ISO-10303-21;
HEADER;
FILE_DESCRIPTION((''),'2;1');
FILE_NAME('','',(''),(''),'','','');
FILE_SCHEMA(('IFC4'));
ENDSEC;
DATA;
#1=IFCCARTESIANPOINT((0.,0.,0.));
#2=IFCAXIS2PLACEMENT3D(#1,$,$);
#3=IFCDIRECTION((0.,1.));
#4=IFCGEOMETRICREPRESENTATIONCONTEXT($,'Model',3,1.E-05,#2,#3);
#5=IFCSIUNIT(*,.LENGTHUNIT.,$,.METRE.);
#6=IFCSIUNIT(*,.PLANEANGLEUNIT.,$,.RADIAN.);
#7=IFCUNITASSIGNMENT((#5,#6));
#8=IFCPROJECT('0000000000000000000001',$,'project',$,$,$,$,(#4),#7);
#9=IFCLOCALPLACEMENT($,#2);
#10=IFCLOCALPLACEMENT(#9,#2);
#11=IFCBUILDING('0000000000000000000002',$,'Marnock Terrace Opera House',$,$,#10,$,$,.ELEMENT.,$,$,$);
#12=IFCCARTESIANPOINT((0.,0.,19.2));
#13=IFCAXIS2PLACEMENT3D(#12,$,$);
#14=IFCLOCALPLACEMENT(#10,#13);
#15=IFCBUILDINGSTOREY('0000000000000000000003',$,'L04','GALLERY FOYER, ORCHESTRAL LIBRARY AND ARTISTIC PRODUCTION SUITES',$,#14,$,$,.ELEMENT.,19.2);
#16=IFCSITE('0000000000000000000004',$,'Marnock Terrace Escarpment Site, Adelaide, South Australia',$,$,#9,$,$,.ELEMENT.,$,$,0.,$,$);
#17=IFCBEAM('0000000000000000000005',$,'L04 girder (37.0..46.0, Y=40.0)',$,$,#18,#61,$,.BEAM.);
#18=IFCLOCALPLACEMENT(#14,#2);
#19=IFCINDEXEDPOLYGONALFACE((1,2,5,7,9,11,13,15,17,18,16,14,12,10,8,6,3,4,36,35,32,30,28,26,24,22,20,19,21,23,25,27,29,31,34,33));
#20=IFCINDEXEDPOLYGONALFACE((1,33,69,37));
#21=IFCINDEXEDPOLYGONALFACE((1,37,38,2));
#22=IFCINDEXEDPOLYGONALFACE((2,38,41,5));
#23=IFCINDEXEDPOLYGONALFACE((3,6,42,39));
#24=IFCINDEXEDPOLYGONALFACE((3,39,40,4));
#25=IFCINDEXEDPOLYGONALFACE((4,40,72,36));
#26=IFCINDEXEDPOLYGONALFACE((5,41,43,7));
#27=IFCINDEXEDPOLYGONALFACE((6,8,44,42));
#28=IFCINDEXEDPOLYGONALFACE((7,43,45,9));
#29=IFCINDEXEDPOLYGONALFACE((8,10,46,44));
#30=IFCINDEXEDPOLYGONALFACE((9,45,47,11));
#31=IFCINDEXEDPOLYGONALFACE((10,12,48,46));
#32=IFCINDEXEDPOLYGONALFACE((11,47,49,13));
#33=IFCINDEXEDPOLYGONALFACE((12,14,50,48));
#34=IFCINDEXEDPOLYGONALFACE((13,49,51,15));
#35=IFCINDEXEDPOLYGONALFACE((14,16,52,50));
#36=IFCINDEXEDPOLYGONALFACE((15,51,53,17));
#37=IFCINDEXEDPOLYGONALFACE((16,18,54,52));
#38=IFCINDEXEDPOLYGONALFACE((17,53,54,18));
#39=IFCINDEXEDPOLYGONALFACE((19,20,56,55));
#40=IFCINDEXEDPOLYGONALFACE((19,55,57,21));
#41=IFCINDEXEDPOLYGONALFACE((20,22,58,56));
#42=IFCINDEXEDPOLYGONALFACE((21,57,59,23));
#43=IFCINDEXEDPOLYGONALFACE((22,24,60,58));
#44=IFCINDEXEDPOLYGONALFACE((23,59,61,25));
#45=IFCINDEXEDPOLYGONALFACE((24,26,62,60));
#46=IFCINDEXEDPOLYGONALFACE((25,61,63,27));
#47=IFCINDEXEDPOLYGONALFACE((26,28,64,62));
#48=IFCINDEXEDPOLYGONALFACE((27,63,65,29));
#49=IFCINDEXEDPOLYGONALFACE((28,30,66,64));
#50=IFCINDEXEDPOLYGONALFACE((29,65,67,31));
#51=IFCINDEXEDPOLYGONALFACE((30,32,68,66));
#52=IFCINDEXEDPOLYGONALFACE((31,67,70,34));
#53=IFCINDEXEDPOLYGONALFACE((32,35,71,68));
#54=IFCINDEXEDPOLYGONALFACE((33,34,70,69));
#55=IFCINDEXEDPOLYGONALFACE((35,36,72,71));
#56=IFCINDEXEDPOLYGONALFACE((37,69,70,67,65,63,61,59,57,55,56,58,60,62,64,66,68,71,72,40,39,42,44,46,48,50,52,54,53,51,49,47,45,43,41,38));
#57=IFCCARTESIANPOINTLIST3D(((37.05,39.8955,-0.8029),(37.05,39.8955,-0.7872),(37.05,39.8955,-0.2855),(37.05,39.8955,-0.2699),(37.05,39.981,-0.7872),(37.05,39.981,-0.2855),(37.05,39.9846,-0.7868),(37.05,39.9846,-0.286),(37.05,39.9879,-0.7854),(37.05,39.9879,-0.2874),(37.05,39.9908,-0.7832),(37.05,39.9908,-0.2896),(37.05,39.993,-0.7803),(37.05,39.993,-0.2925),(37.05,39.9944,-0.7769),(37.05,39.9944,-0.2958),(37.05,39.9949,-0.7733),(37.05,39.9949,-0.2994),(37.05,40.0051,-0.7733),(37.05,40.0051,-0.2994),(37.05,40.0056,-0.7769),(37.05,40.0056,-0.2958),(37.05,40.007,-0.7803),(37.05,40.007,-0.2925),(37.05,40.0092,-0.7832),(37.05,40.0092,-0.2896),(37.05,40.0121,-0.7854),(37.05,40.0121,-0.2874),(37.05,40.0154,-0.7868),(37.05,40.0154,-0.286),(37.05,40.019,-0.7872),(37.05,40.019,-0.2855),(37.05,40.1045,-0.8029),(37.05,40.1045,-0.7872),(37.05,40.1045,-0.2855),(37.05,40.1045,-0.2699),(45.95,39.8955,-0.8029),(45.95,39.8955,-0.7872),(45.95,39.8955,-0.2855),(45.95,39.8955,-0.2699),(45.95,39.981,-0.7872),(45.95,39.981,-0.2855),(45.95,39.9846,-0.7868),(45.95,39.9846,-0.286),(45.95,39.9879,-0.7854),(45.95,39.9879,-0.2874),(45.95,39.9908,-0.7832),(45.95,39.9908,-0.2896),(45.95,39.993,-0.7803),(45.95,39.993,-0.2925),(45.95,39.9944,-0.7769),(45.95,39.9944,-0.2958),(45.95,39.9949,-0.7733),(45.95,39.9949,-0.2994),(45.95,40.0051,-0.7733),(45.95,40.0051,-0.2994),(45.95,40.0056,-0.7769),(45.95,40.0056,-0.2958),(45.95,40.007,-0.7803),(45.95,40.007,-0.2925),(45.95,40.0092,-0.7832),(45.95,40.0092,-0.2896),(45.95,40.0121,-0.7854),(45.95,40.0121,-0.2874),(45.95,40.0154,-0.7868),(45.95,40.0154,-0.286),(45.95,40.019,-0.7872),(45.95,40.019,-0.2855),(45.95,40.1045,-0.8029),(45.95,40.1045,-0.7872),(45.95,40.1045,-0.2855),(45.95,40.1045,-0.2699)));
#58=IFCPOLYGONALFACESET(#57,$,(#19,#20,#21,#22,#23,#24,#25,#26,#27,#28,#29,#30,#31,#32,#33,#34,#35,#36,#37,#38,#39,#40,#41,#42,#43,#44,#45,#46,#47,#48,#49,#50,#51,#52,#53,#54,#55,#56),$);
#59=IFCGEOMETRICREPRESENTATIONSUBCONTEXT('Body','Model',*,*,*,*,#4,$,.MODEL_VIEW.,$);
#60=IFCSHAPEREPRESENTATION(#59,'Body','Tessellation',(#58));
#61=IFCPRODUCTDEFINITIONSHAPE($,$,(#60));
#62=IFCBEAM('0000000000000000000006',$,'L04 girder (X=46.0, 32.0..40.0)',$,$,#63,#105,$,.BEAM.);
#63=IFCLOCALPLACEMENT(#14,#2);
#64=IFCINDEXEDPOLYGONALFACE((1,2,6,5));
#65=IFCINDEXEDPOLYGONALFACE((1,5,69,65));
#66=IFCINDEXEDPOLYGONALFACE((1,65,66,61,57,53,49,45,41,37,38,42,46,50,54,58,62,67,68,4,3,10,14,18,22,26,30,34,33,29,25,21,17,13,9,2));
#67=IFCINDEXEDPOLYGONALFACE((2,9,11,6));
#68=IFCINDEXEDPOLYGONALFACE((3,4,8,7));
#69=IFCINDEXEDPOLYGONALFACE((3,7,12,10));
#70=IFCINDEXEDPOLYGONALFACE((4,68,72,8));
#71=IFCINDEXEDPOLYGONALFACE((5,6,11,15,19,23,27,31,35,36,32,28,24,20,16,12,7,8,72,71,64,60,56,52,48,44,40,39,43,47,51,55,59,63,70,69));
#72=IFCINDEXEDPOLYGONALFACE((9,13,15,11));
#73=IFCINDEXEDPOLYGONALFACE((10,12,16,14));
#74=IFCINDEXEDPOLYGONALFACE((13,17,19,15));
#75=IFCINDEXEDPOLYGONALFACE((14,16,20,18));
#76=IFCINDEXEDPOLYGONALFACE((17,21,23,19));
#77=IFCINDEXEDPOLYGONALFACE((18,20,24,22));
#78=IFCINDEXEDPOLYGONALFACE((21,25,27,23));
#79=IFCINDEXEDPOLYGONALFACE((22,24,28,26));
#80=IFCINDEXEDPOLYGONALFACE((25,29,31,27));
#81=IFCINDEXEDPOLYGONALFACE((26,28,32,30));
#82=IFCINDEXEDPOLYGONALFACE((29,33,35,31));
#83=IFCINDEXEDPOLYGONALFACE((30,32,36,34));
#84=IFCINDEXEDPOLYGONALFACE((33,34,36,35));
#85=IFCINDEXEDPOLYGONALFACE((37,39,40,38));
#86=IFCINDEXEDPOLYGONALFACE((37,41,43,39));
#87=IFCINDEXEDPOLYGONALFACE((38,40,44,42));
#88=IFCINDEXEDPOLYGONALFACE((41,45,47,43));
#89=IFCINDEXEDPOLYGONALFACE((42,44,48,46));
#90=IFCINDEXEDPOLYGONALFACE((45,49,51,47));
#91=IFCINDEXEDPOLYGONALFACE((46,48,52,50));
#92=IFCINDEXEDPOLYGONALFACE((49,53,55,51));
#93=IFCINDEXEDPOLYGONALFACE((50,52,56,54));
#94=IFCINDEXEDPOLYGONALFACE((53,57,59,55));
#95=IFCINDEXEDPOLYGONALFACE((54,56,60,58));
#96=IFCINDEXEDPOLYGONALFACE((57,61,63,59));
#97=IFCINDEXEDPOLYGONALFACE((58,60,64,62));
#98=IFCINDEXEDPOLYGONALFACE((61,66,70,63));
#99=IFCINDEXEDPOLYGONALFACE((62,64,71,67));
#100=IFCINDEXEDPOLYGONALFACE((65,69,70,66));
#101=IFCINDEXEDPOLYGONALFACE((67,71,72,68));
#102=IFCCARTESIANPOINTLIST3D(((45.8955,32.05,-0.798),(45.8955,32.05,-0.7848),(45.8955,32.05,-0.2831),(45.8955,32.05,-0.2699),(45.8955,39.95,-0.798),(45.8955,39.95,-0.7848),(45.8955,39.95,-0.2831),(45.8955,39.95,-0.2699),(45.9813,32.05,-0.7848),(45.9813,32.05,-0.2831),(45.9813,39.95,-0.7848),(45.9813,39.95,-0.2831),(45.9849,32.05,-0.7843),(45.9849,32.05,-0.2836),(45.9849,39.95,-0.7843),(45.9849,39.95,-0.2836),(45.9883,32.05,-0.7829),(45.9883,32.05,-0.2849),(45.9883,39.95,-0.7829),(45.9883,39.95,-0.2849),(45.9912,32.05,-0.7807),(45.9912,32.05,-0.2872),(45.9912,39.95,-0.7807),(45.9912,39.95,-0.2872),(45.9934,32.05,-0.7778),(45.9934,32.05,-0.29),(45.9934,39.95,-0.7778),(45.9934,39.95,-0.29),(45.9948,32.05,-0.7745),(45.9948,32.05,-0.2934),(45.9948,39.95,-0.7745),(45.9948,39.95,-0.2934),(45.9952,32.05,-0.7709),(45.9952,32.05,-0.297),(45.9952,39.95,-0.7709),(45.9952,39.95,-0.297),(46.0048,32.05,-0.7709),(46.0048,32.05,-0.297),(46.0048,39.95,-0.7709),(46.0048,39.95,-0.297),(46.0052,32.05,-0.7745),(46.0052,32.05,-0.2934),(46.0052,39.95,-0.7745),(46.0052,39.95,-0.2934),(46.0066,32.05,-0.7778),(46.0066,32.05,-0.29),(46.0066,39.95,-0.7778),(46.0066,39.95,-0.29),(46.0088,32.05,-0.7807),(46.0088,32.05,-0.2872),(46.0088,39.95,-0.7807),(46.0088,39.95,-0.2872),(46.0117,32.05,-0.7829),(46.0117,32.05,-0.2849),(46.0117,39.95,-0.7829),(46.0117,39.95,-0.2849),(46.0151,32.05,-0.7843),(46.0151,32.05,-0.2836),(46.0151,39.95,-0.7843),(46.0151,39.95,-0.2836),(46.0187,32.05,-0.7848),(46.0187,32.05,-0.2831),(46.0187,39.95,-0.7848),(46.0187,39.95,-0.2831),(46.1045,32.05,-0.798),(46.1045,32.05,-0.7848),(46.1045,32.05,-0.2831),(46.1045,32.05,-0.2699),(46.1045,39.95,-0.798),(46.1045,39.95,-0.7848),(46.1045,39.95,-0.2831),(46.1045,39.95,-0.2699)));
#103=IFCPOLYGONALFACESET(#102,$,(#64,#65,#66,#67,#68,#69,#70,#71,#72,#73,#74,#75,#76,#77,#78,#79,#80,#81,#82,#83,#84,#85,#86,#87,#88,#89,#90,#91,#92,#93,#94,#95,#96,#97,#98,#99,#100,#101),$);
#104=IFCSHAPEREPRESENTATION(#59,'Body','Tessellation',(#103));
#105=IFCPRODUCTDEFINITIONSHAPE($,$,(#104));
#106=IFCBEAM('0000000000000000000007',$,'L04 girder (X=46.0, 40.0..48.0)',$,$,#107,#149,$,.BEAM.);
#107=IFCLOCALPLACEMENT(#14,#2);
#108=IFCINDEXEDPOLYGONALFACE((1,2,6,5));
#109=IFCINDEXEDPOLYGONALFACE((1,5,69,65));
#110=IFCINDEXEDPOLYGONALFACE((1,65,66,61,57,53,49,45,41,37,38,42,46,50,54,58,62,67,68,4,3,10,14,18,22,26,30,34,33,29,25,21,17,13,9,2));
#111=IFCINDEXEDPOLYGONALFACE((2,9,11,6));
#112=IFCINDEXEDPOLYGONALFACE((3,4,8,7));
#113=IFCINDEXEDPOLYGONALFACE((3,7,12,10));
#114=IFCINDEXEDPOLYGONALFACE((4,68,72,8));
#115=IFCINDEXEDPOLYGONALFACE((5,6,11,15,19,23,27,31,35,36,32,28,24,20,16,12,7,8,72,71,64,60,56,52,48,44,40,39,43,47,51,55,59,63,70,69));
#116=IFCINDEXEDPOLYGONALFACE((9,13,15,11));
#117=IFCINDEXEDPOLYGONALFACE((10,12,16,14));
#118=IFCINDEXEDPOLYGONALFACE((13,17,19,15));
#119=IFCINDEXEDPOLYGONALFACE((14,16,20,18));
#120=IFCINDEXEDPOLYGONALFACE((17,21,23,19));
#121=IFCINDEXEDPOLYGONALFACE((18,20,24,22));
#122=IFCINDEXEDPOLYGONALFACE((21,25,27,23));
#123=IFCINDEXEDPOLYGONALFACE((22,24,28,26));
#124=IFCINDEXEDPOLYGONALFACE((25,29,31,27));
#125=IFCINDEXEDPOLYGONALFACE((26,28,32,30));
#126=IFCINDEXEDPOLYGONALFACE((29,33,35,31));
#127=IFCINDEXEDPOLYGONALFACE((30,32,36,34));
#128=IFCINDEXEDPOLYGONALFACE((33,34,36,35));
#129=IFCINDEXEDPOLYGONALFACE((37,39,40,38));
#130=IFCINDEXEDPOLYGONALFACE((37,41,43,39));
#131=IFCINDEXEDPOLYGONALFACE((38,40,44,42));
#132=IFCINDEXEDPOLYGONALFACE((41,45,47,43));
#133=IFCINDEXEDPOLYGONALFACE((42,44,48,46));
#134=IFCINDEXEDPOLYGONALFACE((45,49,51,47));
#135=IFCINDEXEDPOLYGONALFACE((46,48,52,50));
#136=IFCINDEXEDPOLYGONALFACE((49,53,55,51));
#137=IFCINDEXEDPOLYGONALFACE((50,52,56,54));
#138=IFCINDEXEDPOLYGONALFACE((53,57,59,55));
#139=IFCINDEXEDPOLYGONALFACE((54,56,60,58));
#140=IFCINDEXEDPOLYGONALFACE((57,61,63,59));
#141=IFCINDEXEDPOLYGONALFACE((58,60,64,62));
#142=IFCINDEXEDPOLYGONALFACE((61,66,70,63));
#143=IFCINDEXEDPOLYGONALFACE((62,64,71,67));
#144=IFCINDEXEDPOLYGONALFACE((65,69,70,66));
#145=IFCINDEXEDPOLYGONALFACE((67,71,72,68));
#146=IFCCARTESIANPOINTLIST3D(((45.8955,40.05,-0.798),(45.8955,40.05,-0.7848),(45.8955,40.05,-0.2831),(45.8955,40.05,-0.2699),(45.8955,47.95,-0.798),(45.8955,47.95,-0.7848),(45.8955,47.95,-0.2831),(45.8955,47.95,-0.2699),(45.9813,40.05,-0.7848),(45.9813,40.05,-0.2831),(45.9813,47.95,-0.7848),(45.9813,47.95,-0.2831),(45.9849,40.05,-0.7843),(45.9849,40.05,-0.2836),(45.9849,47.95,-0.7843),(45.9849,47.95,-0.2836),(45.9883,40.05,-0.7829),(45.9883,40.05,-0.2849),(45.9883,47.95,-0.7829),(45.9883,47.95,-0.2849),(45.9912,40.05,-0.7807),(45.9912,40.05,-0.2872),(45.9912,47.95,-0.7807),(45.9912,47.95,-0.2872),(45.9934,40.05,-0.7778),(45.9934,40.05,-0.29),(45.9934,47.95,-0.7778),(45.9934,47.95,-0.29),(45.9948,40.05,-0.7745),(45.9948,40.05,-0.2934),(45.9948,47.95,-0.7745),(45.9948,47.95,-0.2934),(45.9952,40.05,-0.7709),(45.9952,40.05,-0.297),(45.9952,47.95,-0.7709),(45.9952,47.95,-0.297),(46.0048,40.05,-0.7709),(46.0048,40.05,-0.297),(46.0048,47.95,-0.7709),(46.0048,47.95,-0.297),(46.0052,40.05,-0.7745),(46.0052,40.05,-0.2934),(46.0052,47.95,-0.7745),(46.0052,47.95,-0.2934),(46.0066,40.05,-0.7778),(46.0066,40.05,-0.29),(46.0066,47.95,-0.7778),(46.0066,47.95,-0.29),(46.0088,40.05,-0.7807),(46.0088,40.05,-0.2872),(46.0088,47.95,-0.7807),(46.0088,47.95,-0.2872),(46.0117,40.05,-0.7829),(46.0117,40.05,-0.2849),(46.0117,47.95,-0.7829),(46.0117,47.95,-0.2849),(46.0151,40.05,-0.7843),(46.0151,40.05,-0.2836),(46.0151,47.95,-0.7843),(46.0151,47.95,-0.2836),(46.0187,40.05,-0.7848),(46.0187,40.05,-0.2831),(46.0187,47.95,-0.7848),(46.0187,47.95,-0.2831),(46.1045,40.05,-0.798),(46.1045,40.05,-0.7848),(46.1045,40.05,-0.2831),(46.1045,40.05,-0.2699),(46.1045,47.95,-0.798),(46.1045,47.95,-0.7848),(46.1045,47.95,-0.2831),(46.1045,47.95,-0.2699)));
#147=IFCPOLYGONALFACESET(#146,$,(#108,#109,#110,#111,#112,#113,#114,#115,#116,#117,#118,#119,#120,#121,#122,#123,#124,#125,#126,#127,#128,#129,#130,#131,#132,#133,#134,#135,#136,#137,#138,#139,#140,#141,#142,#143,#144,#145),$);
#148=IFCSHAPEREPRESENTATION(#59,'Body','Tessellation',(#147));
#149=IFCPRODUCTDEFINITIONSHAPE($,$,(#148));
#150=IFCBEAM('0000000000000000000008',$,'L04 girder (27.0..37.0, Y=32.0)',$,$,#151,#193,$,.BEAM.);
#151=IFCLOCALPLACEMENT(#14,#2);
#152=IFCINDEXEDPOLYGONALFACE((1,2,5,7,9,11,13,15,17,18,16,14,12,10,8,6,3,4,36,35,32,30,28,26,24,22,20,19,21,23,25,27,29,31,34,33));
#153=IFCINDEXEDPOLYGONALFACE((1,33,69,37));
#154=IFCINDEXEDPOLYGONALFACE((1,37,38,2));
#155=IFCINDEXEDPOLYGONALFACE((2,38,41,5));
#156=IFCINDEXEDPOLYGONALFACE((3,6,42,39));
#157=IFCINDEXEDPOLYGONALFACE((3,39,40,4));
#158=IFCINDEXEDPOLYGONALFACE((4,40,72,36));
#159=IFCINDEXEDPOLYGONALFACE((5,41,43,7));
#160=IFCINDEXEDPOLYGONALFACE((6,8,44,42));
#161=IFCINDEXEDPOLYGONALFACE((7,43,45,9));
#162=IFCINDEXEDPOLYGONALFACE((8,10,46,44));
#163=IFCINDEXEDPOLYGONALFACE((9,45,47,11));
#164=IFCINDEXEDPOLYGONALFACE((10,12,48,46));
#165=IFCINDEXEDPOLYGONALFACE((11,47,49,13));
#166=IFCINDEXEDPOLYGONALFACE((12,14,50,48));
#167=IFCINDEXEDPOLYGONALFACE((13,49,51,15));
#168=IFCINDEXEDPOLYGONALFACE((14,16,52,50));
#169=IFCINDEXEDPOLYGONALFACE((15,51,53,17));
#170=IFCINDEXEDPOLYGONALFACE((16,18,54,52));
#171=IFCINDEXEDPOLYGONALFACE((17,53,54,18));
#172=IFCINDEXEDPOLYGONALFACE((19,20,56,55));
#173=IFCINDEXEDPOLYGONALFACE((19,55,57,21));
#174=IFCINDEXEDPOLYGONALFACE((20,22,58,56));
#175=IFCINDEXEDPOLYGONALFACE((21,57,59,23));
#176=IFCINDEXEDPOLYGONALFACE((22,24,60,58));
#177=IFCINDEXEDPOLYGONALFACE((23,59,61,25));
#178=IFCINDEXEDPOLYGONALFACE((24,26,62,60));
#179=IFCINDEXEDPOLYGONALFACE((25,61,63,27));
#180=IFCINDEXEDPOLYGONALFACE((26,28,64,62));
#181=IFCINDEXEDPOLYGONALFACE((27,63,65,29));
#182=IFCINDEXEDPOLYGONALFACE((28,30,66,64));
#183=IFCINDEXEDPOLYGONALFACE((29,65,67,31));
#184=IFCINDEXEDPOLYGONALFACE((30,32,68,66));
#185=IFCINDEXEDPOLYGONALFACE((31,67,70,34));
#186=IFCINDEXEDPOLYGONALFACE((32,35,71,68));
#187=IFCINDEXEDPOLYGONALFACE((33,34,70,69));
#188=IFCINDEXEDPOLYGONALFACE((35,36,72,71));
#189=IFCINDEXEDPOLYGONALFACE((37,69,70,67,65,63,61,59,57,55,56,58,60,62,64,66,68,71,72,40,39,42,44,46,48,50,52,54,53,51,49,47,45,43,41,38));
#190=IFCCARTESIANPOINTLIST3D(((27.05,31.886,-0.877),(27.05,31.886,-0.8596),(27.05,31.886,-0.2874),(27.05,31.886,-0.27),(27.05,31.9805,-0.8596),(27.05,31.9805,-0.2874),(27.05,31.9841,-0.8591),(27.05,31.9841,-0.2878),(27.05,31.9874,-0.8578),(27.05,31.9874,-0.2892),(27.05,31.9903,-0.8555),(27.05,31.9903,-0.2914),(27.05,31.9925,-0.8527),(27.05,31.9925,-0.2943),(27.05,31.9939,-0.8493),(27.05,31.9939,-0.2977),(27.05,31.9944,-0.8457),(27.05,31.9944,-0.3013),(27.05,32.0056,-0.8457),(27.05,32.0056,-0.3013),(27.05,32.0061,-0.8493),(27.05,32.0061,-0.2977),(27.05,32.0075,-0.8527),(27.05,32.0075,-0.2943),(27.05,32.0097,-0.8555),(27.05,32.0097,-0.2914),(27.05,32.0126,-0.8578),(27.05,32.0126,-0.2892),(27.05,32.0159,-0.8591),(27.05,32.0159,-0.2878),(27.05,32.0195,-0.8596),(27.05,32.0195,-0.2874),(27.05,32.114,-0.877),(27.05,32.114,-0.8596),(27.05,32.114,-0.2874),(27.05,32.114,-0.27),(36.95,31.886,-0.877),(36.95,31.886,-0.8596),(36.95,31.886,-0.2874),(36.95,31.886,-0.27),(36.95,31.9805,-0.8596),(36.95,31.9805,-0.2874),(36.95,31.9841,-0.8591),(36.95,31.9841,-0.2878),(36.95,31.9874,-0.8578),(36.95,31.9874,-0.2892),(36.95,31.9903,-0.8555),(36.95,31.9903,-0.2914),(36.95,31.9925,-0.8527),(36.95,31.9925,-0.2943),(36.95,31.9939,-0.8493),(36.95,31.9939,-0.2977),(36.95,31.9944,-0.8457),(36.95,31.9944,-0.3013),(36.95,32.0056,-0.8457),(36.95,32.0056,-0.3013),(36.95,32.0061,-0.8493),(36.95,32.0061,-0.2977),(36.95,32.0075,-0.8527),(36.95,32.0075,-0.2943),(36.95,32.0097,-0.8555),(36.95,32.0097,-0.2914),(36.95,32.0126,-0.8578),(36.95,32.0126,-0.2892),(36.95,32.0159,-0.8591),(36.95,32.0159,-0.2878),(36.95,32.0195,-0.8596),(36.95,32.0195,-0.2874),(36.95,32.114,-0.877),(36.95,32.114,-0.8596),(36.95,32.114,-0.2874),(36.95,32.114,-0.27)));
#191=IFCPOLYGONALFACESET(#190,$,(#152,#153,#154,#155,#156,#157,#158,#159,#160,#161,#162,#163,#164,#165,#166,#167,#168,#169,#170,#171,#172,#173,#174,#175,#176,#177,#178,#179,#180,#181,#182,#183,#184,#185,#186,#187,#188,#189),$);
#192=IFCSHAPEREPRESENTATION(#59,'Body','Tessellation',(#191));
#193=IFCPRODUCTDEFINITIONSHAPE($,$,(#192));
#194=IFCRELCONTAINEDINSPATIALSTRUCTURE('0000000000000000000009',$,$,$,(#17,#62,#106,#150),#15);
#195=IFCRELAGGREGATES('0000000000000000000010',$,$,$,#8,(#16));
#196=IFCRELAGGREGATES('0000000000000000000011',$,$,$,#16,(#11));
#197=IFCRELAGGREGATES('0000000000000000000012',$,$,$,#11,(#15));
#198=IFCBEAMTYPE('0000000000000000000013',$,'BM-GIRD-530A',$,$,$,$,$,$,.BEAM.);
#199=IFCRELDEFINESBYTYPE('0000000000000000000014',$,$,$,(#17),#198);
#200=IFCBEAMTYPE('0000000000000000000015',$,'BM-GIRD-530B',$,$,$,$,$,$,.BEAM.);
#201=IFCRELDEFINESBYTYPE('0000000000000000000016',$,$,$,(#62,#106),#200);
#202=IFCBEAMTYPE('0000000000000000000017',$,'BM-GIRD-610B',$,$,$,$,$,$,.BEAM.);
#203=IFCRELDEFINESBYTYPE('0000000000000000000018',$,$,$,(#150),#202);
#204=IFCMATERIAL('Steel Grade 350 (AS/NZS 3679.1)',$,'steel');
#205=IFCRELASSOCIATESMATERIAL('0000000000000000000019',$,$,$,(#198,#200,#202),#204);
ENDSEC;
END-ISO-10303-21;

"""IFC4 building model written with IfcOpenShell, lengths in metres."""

from ifc_helpers import new_model, si_unit, direction, frame, origin, origin_2d, place, context, subcontext, project, spatial, i_section, extrude, material, material_profile, profile_set, type_object, element, save


model = new_model("IFC4")

# Units and contexts
model_context = context("Model", 3, precision=1e-05, world=origin(), true_north=direction((0.0, 1.0)))
body_context = subcontext(model_context, "Body", "Model", "MODEL_VIEW")
ifc_project = project(units=[si_unit("LENGTHUNIT", "METRE"), si_unit("PLANEANGLEUNIT", "RADIAN")], contexts=[model_context])

# Site, building, storey
site_placement = place(None, origin())
site = spatial("IfcSite", under=ifc_project, at=site_placement, Name="Marnock Terrace Escarpment Site, Adelaide, South Australia", CompositionType="ELEMENT", RefElevation=0.0)
building_placement = place(site_placement, origin())
building = spatial("IfcBuilding", under=site, at=building_placement, Name="Marnock Terrace Opera House", CompositionType="ELEMENT")
storey_placement = place(building_placement, frame((0.0, 0.0, 19.2)))
storey = spatial("IfcBuildingStorey", under=building, at=storey_placement, Name="L04", Description="GALLERY FOYER, ORCHESTRAL LIBRARY AND ARTISTIC PRODUCTION SUITES", CompositionType="ELEMENT", Elevation=19.2)

# Beams
ifc_material_1 = material(Name="Steel Grade 350 (AS/NZS 3679.1)", Category="steel")
ifc_material_profile_1 = material_profile(ifc_material_1, i_section(OverallWidth=0.209, OverallDepth=0.533, WebThickness=0.0103, FlangeThickness=0.0156, FilletRadius=0.0139, at=origin_2d()))
ifc_profile_set_1 = profile_set([ifc_material_profile_1], Name="Steel Grade 350 (AS/NZS 3679.1)")
beam_type_1 = type_object("IfcBeamType", Name="BM-GIRD-530A", PredefinedType="BEAM", material=ifc_profile_set_1)
beam_1_placement = place(storey_placement, frame((37.05, 40.0, -0.5364), z_axis=(1.0, 0.0, 0.0), x_axis=(0.0, 1.0, 0.0)))
element("IfcBeam", 1, at=beam_1_placement, inside=storey, type_object=beam_type_1, Name="L04 girder (37.0..46.0, Y=40.0)", PredefinedType="BEAM", context=body_context, shape_type="SweptSolid", body=[
    extrude(i_section(OverallWidth=0.209, OverallDepth=0.533, WebThickness=0.0103, FlangeThickness=0.0156, FilletRadius=0.0139, at=origin_2d()), origin(), (0.0, 0.0, 1.0), 8.8999),
])
ifc_material_profile_2 = material_profile(ifc_material_1, i_section(OverallWidth=0.209, OverallDepth=0.5281, WebThickness=0.0095, FlangeThickness=0.0132, FilletRadius=0.0139, at=origin_2d()))
ifc_profile_set_2 = profile_set([ifc_material_profile_2], Name="Steel Grade 350 (AS/NZS 3679.1)")
beam_type_2 = type_object("IfcBeamType", Name="BM-GIRD-530B", PredefinedType="BEAM", material=ifc_profile_set_2)
for number, where, z_axis, x_axis, name in (
    (2, (46.0, 32.05, -0.5339), (0.0, 1.0, 0.0), (-1.0, 0.0, 0.0), "L04 girder (X=46.0, 32.0..40.0)"),
    (3, (46.0, 40.05, -0.5339), (0.0, 1.0, 0.0), (-1.0, 0.0, 0.0), "L04 girder (X=46.0, 40.0..48.0)"),
):
    element("IfcBeam", number, at=place(storey_placement, frame(where, z_axis=z_axis, x_axis=x_axis)), inside=storey, type_object=beam_type_2, Name=name, PredefinedType="BEAM", context=body_context, shape_type="SweptSolid", body=[
        extrude(i_section(OverallWidth=0.209, OverallDepth=0.5281, WebThickness=0.0095, FlangeThickness=0.0132, FilletRadius=0.0139, at=origin_2d()), origin(), (0.0, 0.0, 1.0), 7.8999),
    ])
ifc_material_profile_3 = material_profile(ifc_material_1, i_section(OverallWidth=0.228, OverallDepth=0.6069, WebThickness=0.0112, FlangeThickness=0.0173, FilletRadius=0.0139, at=origin_2d()))
ifc_profile_set_3 = profile_set([ifc_material_profile_3], Name="Steel Grade 350 (AS/NZS 3679.1)")
beam_type_3 = type_object("IfcBeamType", Name="BM-GIRD-610B", PredefinedType="BEAM", material=ifc_profile_set_3)
beam_2_placement = place(storey_placement, frame((27.05, 32.0, -0.5735), z_axis=(1.0, 0.0, 0.0), x_axis=(0.0, 1.0, 0.0)))
element("IfcBeam", 4, at=beam_2_placement, inside=storey, type_object=beam_type_3, Name="L04 girder (27.0..37.0, Y=32.0)", PredefinedType="BEAM", context=body_context, shape_type="SweptSolid", body=[
    extrude(i_section(OverallWidth=0.228, OverallDepth=0.6069, WebThickness=0.0112, FlangeThickness=0.0173, FilletRadius=0.0139, at=origin_2d()), origin(), (0.0, 0.0, 1.0), 9.8999),
])

save(model, "model.ifc")
